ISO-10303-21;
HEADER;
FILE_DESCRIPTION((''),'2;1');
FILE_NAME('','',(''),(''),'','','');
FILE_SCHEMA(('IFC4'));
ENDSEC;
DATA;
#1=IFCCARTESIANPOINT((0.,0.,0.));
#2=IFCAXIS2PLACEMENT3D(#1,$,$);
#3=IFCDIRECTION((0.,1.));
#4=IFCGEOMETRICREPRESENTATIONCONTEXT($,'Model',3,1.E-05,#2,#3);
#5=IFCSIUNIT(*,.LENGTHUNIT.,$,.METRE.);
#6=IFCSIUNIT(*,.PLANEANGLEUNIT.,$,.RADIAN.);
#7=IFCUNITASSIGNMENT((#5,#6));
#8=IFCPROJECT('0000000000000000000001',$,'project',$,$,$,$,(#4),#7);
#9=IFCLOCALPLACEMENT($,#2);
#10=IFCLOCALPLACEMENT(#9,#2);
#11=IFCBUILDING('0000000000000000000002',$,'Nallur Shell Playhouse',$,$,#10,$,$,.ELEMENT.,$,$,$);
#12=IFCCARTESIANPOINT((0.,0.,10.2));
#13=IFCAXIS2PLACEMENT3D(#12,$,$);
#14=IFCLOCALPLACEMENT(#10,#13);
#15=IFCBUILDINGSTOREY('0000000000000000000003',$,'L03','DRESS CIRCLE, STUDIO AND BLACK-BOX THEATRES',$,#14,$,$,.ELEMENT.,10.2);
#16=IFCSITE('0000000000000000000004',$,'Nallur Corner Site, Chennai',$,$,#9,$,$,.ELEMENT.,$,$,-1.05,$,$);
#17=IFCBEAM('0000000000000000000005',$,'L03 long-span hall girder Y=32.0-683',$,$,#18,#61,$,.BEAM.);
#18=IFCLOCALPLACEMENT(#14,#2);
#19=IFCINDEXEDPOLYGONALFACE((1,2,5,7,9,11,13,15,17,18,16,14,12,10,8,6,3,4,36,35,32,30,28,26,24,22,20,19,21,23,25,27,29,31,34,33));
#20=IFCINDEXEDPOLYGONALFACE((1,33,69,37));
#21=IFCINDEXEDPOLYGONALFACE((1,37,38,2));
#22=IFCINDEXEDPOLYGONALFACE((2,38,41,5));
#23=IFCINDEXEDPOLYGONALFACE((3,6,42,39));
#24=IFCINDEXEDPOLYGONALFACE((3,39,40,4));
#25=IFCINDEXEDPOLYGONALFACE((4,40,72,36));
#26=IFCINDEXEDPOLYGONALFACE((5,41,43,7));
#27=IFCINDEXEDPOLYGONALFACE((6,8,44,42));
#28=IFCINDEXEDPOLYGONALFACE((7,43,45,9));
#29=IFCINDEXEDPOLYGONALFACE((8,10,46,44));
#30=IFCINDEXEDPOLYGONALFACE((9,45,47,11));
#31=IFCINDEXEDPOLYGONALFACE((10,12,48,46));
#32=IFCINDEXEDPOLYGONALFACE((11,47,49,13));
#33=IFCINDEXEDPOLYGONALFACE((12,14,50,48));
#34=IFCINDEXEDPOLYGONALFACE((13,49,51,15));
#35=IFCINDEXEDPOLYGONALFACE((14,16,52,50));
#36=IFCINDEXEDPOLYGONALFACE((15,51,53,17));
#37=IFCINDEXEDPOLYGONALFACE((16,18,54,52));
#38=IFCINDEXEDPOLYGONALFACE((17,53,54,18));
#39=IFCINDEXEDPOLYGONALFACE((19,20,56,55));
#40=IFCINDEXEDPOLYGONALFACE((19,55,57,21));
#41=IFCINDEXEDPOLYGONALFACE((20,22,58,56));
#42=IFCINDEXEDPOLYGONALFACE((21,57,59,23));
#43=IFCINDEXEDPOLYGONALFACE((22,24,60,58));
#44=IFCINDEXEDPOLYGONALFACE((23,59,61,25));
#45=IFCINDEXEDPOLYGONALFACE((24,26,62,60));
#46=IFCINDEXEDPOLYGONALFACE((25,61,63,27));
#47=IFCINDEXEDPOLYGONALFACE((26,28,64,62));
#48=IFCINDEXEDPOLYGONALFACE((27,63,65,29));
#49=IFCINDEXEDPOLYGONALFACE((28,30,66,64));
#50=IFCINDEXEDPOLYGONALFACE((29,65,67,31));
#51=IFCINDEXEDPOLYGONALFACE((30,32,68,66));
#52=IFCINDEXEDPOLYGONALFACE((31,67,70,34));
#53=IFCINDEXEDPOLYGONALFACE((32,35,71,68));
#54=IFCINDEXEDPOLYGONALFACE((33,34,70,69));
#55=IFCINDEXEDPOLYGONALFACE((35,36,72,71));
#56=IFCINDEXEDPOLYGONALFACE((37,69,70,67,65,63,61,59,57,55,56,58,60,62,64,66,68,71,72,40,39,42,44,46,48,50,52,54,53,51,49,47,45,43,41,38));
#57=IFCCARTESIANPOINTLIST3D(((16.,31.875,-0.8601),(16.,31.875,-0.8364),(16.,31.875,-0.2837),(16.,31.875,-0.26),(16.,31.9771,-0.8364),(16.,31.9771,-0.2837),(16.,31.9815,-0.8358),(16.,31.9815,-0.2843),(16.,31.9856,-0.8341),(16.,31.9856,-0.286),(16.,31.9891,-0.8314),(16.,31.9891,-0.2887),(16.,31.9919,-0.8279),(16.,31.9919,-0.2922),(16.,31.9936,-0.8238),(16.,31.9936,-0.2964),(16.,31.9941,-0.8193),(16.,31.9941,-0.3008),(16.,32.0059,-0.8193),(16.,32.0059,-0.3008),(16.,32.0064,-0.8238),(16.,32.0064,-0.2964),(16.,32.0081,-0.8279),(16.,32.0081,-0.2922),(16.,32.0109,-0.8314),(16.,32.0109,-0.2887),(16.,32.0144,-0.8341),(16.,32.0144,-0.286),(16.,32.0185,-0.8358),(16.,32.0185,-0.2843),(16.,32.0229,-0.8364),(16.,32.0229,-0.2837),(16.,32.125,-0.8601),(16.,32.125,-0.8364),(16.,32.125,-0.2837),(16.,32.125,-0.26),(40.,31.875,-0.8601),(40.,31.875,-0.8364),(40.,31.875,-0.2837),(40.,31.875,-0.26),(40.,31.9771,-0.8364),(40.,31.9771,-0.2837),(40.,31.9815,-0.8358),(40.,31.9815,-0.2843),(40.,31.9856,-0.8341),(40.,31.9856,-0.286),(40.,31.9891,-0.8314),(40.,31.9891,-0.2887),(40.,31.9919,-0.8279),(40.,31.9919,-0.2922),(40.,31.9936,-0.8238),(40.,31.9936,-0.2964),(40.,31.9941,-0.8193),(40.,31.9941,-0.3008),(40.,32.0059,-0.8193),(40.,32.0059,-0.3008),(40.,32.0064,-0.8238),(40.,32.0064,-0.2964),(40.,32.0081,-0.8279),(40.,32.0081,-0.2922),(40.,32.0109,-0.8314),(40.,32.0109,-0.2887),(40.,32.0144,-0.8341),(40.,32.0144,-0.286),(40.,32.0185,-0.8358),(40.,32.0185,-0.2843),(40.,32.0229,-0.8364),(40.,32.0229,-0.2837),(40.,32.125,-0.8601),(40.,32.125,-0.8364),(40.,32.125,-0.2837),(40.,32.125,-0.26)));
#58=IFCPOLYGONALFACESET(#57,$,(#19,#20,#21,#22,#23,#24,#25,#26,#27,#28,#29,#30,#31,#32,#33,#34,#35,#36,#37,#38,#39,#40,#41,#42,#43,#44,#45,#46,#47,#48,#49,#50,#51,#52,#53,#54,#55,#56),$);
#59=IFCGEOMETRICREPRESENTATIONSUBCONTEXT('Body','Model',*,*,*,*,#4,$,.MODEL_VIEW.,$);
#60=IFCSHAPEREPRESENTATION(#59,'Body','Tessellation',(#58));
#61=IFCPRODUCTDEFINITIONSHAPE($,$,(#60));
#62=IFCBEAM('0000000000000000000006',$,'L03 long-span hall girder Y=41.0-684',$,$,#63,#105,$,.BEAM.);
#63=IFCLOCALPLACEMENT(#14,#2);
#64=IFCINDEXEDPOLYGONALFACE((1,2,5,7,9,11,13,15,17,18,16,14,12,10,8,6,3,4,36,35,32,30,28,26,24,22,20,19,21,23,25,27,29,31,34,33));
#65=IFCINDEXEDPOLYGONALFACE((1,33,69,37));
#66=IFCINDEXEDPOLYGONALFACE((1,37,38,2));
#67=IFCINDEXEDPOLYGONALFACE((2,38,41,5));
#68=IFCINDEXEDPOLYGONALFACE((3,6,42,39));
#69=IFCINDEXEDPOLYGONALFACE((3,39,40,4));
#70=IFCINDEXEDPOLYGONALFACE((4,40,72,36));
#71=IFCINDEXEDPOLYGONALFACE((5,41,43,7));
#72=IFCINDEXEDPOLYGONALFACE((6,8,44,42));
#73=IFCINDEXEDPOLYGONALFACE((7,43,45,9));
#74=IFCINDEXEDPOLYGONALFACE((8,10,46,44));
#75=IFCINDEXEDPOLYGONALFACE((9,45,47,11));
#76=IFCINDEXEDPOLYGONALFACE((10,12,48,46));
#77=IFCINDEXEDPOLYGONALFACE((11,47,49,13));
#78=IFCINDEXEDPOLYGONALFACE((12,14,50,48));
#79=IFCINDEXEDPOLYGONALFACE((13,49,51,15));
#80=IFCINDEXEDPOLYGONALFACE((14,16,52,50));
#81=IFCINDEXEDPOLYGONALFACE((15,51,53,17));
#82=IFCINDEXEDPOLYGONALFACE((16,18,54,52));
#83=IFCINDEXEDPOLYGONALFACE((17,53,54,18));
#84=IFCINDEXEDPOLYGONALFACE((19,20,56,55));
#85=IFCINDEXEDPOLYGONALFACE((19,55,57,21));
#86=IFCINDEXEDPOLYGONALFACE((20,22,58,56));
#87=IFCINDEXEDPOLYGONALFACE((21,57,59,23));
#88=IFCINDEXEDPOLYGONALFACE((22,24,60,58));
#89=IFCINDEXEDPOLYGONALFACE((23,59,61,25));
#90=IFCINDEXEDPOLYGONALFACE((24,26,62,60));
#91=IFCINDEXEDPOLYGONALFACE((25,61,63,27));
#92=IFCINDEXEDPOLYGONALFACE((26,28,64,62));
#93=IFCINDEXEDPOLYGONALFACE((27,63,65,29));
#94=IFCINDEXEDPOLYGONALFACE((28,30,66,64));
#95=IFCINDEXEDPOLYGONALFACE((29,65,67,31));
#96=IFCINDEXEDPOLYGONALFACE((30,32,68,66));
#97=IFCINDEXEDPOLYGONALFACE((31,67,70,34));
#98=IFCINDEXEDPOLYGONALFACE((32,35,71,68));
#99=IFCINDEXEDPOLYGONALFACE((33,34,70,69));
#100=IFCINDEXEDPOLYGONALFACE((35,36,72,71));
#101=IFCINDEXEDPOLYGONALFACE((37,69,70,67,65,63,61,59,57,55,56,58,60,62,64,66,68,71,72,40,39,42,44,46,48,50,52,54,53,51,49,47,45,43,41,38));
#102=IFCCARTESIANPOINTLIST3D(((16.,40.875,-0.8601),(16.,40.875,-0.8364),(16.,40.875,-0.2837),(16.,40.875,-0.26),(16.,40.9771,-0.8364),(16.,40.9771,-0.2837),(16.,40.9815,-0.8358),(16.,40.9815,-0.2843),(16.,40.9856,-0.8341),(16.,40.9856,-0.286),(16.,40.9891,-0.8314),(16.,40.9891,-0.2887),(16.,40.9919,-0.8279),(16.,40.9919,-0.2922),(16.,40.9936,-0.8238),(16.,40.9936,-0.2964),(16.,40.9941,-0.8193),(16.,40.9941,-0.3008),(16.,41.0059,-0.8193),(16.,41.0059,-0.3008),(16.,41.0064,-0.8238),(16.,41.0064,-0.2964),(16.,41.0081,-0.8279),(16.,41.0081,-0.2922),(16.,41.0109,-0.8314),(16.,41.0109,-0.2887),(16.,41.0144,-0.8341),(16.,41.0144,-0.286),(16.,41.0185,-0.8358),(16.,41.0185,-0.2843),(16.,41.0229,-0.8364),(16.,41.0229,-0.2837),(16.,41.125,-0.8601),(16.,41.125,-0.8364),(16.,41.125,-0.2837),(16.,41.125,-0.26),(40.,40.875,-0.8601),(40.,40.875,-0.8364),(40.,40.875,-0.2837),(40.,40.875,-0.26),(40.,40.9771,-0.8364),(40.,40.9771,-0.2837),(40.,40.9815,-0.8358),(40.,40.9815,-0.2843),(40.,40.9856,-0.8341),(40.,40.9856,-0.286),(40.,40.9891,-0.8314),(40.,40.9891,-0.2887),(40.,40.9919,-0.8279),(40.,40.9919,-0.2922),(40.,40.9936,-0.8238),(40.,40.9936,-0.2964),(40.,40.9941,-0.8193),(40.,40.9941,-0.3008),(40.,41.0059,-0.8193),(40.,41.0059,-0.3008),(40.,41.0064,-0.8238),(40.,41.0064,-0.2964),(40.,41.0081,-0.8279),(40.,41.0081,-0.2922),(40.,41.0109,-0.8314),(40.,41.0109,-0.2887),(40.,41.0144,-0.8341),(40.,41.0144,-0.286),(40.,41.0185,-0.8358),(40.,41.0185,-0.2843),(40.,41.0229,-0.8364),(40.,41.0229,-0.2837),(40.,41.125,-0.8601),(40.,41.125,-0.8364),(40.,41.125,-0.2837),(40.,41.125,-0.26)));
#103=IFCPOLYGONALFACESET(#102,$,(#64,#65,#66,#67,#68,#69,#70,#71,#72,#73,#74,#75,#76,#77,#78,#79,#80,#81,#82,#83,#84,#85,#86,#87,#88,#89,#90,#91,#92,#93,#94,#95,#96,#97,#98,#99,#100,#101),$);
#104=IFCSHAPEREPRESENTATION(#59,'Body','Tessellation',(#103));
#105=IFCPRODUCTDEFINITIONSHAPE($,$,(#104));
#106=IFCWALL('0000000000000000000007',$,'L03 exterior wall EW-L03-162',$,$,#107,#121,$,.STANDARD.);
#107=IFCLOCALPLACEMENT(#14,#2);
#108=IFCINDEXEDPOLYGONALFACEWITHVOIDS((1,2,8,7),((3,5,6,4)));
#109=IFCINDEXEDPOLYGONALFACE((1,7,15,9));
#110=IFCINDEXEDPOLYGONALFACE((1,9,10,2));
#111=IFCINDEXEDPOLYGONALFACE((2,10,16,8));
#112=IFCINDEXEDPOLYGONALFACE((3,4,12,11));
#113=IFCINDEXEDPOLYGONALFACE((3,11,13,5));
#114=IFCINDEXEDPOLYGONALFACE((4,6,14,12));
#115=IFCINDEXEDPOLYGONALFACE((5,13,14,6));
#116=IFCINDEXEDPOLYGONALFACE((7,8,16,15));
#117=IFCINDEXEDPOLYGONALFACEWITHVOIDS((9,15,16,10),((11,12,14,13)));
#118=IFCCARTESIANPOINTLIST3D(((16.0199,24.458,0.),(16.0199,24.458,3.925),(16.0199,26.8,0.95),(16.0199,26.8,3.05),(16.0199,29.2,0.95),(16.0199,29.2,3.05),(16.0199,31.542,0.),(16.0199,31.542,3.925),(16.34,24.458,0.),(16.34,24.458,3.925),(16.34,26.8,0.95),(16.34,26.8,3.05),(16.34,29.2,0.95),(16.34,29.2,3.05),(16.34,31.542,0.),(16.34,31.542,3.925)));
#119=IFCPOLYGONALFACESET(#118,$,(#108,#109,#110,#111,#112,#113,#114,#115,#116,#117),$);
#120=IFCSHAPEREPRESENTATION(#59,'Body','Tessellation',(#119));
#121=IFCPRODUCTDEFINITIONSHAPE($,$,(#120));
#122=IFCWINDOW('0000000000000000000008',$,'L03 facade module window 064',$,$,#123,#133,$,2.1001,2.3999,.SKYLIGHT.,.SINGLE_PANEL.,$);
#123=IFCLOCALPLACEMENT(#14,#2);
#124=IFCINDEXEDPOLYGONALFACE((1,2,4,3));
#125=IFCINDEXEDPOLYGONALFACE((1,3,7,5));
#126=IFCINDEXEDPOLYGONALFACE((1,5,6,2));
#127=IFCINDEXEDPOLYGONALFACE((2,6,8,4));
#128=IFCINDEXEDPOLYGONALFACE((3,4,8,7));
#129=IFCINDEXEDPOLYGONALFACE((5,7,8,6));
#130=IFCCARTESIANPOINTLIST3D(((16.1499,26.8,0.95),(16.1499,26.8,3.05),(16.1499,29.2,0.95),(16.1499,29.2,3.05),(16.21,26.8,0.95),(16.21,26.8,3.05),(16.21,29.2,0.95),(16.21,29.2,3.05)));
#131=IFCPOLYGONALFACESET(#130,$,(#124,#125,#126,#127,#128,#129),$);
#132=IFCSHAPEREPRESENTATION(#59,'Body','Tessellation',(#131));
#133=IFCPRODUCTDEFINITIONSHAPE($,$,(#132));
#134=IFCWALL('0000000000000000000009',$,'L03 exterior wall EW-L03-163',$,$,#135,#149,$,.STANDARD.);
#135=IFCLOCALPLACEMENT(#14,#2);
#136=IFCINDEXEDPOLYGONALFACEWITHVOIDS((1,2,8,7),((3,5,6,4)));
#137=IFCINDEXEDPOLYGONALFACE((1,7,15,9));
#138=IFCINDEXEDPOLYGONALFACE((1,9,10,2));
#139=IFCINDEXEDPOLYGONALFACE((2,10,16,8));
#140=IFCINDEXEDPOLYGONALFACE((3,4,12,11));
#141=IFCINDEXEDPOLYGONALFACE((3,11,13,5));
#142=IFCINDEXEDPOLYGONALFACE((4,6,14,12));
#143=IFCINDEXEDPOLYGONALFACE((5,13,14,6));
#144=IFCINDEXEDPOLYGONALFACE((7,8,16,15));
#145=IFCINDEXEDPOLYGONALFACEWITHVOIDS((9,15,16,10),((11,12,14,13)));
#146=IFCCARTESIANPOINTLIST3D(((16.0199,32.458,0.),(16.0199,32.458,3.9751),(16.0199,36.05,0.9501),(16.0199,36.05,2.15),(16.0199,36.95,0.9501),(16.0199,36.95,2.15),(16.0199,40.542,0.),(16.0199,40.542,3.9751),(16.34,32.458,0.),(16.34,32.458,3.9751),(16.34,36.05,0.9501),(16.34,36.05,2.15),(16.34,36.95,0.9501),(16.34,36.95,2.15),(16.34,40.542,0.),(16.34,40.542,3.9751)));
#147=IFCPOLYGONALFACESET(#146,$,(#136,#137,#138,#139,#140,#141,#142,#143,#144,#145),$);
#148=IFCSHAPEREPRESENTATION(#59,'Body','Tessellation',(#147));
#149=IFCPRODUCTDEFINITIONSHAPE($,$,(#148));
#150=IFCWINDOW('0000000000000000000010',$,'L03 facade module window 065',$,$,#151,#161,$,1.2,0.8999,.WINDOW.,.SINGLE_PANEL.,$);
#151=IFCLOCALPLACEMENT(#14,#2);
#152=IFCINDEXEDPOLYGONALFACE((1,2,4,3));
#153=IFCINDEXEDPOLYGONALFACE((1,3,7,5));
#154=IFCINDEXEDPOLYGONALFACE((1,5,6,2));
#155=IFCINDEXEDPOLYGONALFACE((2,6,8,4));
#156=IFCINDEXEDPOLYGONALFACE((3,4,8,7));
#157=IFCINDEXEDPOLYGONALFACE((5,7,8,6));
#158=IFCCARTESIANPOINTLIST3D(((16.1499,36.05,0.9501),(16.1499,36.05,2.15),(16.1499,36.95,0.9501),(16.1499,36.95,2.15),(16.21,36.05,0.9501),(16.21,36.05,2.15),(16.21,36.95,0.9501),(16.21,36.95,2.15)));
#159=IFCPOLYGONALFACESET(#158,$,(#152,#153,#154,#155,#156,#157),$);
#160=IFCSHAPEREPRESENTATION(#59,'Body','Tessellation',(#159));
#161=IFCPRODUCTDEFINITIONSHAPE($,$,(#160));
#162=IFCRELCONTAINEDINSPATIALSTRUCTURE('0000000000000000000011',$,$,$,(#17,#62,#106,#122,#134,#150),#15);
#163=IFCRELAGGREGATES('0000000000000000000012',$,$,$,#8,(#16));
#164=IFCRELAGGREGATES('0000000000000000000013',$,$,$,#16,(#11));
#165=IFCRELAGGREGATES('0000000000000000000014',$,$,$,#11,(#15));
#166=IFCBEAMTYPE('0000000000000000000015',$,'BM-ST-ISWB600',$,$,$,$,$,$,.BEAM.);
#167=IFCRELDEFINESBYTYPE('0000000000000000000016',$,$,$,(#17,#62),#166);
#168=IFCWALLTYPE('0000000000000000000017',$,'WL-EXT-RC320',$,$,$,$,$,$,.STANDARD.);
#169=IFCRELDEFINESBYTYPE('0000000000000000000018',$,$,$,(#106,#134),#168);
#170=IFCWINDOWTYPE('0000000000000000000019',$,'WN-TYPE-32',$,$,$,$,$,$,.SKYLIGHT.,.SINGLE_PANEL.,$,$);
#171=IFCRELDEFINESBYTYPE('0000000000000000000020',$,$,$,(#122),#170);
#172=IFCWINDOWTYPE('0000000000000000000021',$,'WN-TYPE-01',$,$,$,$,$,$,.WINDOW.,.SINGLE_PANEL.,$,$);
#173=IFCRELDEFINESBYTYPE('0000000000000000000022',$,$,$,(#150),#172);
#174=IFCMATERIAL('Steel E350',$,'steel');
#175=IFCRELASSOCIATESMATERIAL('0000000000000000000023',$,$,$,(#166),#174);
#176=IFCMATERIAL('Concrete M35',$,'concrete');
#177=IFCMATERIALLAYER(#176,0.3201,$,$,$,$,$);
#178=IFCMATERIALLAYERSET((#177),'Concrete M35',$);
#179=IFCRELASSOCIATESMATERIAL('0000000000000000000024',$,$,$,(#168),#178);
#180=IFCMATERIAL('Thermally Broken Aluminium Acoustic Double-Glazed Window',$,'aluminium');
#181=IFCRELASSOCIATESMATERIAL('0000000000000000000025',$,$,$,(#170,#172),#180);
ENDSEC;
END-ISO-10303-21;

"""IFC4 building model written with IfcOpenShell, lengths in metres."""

from ifc_helpers import new_model, si_unit, direction, frame, frame_2d, origin, origin_2d, place, context, subcontext, project, spatial, rectangle, i_section, extrude, material, layer, layer_set, material_profile, profile_set, type_object, element, fill, save


model = new_model("IFC4")

# Units and contexts
model_context = context("Model", 3, precision=1e-05, world=origin(), true_north=direction((0.0, 1.0)))
body_context = subcontext(model_context, "Body", "Model", "MODEL_VIEW")
ifc_project = project(units=[si_unit("LENGTHUNIT", "METRE"), si_unit("PLANEANGLEUNIT", "RADIAN")], contexts=[model_context])

# Site, building, storey
site_placement = place(None, origin())
site = spatial("IfcSite", under=ifc_project, at=site_placement, Name="Nallur Corner Site, Chennai", CompositionType="ELEMENT", RefElevation=-1.05)
building_placement = place(site_placement, origin())
building = spatial("IfcBuilding", under=site, at=building_placement, Name="Nallur Shell Playhouse", CompositionType="ELEMENT")
storey_placement = place(building_placement, frame((0.0, 0.0, 10.2)))
storey = spatial("IfcBuildingStorey", under=building, at=storey_placement, Name="L03", Description="DRESS CIRCLE, STUDIO AND BLACK-BOX THEATRES", CompositionType="ELEMENT", Elevation=10.2)

# Beams
ifc_material_1 = material(Name="Steel E350", Category="steel")
ifc_material_profile_1 = material_profile(ifc_material_1, i_section(OverallWidth=0.25, OverallDepth=0.6001, WebThickness=0.0117, FlangeThickness=0.0237, FilletRadius=0.0171, at=origin_2d()), Name="ISWB 600")
ifc_profile_set_1 = profile_set([ifc_material_profile_1], Name="Steel E350")
beam_type_1 = type_object("IfcBeamType", Name="BM-ST-ISWB600", PredefinedType="BEAM", material=ifc_profile_set_1)
for number, where, z_axis, x_axis, name in (
    (1, (16.0, 32.0, -0.5601), (1.0, 0.0, 0.0), (0.0, 1.0, 0.0), "L03 long-span hall girder Y=32.0-683"),
    (2, (16.0, 41.0, -0.5601), (1.0, 0.0, 0.0), (0.0, 1.0, 0.0), "L03 long-span hall girder Y=41.0-684"),
):
    element("IfcBeam", number, at=place(storey_placement, frame(where, z_axis=z_axis, x_axis=x_axis)), inside=storey, type_object=beam_type_1, Name=name, PredefinedType="BEAM", context=body_context, shape_type="SweptSolid", body=[
        extrude(i_section(OverallWidth=0.25, OverallDepth=0.6001, WebThickness=0.0117, FlangeThickness=0.0237, FilletRadius=0.0171, at=origin_2d()), origin(), (0.0, 0.0, 1.0), 24.0),
    ])

# Walls, openings, windows
ifc_material_2 = material(Name="Concrete M35", Category="concrete")
ifc_layer = layer(ifc_material_2, 0.3201)
ifc_layer_set = layer_set([ifc_layer], Name="Concrete M35")
wall_type = type_object("IfcWallType", Name="WL-EXT-RC320", PredefinedType="STANDARD", material=ifc_layer_set)
wall_1_placement = place(storey_placement, frame((16.1799, 24.458, 0.0), z_axis=(0.0, 0.0, 1.0), x_axis=(0.0, 1.0, 0.0)))
wall_1 = element("IfcWall", 3, at=wall_1_placement, inside=storey, type_object=wall_type, Name="L03 exterior wall EW-L03-162", PredefinedType="STANDARD", context=body_context, shape_type="SweptSolid", body=[
    extrude(rectangle(XDim=7.084, YDim=0.3201, at=frame_2d((3.542, 0.0))), origin(), (0.0, 0.0, 1.0), 3.925),
])
opening_1_placement = place(wall_1_placement, frame((2.342, 0.0, 0.95)))
opening_1 = element("IfcOpeningElement", 4, at=opening_1_placement, cuts=wall_1, PredefinedType="OPENING", context=body_context, shape_type="SweptSolid", body=[
    extrude(rectangle(XDim=2.3999, YDim=2.1001, at=frame_2d((1.2, 1.05))), frame((0.0, 0.1699, 0.0), z_axis=(0.0, -1.0, 0.0), x_axis=(1.0, 0.0, 0.0)), (0.0, 0.0, 1.0), 0.3401),
])
ifc_material_3 = material(Name="Thermally Broken Aluminium Acoustic Double-Glazed Window", Category="aluminium")
window_type_1 = type_object("IfcWindowType", Name="WN-TYPE-32", PartitioningType="SINGLE_PANEL", PredefinedType="SKYLIGHT", material=ifc_material_3)
window_1_placement = place(opening_1_placement, origin())
window_1 = element("IfcWindow", 5, at=window_1_placement, inside=storey, type_object=window_type_1, Name="L03 facade module window 064", OverallHeight=2.1001, OverallWidth=2.3999, PartitioningType="SINGLE_PANEL", PredefinedType="SKYLIGHT", context=body_context, shape_type="SweptSolid", body=[
    extrude(rectangle(XDim=2.3999, YDim=2.1001, at=frame_2d((1.2, 1.05))), frame((0.0, 0.03, 0.0), z_axis=(0.0, -1.0, 0.0), x_axis=(1.0, 0.0, 0.0)), (0.0, 0.0, 1.0), 0.0601),
])
fill(opening_1, window_1)
wall_2_placement = place(storey_placement, frame((16.1799, 32.458, 0.0), z_axis=(0.0, 0.0, 1.0), x_axis=(0.0, 1.0, 0.0)))
wall_2 = element("IfcWall", 6, at=wall_2_placement, inside=storey, type_object=wall_type, Name="L03 exterior wall EW-L03-163", PredefinedType="STANDARD", context=body_context, shape_type="SweptSolid", body=[
    extrude(rectangle(XDim=8.084, YDim=0.3201, at=frame_2d((4.042, 0.0))), origin(), (0.0, 0.0, 1.0), 3.9751),
])
opening_2_placement = place(wall_2_placement, frame((3.592, 0.0, 0.95)))
opening_2 = element("IfcOpeningElement", 7, at=opening_2_placement, cuts=wall_2, PredefinedType="OPENING", context=body_context, shape_type="SweptSolid", body=[
    extrude(rectangle(XDim=0.8999, YDim=1.2, at=frame_2d((0.45, 0.6001))), frame((0.0, 0.1699, 0.0), z_axis=(0.0, -1.0, 0.0), x_axis=(1.0, 0.0, 0.0)), (0.0, 0.0, 1.0), 0.3401),
])
window_type_2 = type_object("IfcWindowType", Name="WN-TYPE-01", PartitioningType="SINGLE_PANEL", PredefinedType="WINDOW", material=ifc_material_3)
window_2_placement = place(opening_2_placement, origin())
window_2 = element("IfcWindow", 8, at=window_2_placement, inside=storey, type_object=window_type_2, Name="L03 facade module window 065", OverallHeight=1.2, OverallWidth=0.8999, PartitioningType="SINGLE_PANEL", PredefinedType="WINDOW", context=body_context, shape_type="SweptSolid", body=[
    extrude(rectangle(XDim=0.8999, YDim=1.2, at=frame_2d((0.45, 0.6001))), frame((0.0, 0.03, 0.0), z_axis=(0.0, -1.0, 0.0), x_axis=(1.0, 0.0, 0.0)), (0.0, 0.0, 1.0), 0.0601),
])
fill(opening_2, window_2)

save(model, "model.ifc")
